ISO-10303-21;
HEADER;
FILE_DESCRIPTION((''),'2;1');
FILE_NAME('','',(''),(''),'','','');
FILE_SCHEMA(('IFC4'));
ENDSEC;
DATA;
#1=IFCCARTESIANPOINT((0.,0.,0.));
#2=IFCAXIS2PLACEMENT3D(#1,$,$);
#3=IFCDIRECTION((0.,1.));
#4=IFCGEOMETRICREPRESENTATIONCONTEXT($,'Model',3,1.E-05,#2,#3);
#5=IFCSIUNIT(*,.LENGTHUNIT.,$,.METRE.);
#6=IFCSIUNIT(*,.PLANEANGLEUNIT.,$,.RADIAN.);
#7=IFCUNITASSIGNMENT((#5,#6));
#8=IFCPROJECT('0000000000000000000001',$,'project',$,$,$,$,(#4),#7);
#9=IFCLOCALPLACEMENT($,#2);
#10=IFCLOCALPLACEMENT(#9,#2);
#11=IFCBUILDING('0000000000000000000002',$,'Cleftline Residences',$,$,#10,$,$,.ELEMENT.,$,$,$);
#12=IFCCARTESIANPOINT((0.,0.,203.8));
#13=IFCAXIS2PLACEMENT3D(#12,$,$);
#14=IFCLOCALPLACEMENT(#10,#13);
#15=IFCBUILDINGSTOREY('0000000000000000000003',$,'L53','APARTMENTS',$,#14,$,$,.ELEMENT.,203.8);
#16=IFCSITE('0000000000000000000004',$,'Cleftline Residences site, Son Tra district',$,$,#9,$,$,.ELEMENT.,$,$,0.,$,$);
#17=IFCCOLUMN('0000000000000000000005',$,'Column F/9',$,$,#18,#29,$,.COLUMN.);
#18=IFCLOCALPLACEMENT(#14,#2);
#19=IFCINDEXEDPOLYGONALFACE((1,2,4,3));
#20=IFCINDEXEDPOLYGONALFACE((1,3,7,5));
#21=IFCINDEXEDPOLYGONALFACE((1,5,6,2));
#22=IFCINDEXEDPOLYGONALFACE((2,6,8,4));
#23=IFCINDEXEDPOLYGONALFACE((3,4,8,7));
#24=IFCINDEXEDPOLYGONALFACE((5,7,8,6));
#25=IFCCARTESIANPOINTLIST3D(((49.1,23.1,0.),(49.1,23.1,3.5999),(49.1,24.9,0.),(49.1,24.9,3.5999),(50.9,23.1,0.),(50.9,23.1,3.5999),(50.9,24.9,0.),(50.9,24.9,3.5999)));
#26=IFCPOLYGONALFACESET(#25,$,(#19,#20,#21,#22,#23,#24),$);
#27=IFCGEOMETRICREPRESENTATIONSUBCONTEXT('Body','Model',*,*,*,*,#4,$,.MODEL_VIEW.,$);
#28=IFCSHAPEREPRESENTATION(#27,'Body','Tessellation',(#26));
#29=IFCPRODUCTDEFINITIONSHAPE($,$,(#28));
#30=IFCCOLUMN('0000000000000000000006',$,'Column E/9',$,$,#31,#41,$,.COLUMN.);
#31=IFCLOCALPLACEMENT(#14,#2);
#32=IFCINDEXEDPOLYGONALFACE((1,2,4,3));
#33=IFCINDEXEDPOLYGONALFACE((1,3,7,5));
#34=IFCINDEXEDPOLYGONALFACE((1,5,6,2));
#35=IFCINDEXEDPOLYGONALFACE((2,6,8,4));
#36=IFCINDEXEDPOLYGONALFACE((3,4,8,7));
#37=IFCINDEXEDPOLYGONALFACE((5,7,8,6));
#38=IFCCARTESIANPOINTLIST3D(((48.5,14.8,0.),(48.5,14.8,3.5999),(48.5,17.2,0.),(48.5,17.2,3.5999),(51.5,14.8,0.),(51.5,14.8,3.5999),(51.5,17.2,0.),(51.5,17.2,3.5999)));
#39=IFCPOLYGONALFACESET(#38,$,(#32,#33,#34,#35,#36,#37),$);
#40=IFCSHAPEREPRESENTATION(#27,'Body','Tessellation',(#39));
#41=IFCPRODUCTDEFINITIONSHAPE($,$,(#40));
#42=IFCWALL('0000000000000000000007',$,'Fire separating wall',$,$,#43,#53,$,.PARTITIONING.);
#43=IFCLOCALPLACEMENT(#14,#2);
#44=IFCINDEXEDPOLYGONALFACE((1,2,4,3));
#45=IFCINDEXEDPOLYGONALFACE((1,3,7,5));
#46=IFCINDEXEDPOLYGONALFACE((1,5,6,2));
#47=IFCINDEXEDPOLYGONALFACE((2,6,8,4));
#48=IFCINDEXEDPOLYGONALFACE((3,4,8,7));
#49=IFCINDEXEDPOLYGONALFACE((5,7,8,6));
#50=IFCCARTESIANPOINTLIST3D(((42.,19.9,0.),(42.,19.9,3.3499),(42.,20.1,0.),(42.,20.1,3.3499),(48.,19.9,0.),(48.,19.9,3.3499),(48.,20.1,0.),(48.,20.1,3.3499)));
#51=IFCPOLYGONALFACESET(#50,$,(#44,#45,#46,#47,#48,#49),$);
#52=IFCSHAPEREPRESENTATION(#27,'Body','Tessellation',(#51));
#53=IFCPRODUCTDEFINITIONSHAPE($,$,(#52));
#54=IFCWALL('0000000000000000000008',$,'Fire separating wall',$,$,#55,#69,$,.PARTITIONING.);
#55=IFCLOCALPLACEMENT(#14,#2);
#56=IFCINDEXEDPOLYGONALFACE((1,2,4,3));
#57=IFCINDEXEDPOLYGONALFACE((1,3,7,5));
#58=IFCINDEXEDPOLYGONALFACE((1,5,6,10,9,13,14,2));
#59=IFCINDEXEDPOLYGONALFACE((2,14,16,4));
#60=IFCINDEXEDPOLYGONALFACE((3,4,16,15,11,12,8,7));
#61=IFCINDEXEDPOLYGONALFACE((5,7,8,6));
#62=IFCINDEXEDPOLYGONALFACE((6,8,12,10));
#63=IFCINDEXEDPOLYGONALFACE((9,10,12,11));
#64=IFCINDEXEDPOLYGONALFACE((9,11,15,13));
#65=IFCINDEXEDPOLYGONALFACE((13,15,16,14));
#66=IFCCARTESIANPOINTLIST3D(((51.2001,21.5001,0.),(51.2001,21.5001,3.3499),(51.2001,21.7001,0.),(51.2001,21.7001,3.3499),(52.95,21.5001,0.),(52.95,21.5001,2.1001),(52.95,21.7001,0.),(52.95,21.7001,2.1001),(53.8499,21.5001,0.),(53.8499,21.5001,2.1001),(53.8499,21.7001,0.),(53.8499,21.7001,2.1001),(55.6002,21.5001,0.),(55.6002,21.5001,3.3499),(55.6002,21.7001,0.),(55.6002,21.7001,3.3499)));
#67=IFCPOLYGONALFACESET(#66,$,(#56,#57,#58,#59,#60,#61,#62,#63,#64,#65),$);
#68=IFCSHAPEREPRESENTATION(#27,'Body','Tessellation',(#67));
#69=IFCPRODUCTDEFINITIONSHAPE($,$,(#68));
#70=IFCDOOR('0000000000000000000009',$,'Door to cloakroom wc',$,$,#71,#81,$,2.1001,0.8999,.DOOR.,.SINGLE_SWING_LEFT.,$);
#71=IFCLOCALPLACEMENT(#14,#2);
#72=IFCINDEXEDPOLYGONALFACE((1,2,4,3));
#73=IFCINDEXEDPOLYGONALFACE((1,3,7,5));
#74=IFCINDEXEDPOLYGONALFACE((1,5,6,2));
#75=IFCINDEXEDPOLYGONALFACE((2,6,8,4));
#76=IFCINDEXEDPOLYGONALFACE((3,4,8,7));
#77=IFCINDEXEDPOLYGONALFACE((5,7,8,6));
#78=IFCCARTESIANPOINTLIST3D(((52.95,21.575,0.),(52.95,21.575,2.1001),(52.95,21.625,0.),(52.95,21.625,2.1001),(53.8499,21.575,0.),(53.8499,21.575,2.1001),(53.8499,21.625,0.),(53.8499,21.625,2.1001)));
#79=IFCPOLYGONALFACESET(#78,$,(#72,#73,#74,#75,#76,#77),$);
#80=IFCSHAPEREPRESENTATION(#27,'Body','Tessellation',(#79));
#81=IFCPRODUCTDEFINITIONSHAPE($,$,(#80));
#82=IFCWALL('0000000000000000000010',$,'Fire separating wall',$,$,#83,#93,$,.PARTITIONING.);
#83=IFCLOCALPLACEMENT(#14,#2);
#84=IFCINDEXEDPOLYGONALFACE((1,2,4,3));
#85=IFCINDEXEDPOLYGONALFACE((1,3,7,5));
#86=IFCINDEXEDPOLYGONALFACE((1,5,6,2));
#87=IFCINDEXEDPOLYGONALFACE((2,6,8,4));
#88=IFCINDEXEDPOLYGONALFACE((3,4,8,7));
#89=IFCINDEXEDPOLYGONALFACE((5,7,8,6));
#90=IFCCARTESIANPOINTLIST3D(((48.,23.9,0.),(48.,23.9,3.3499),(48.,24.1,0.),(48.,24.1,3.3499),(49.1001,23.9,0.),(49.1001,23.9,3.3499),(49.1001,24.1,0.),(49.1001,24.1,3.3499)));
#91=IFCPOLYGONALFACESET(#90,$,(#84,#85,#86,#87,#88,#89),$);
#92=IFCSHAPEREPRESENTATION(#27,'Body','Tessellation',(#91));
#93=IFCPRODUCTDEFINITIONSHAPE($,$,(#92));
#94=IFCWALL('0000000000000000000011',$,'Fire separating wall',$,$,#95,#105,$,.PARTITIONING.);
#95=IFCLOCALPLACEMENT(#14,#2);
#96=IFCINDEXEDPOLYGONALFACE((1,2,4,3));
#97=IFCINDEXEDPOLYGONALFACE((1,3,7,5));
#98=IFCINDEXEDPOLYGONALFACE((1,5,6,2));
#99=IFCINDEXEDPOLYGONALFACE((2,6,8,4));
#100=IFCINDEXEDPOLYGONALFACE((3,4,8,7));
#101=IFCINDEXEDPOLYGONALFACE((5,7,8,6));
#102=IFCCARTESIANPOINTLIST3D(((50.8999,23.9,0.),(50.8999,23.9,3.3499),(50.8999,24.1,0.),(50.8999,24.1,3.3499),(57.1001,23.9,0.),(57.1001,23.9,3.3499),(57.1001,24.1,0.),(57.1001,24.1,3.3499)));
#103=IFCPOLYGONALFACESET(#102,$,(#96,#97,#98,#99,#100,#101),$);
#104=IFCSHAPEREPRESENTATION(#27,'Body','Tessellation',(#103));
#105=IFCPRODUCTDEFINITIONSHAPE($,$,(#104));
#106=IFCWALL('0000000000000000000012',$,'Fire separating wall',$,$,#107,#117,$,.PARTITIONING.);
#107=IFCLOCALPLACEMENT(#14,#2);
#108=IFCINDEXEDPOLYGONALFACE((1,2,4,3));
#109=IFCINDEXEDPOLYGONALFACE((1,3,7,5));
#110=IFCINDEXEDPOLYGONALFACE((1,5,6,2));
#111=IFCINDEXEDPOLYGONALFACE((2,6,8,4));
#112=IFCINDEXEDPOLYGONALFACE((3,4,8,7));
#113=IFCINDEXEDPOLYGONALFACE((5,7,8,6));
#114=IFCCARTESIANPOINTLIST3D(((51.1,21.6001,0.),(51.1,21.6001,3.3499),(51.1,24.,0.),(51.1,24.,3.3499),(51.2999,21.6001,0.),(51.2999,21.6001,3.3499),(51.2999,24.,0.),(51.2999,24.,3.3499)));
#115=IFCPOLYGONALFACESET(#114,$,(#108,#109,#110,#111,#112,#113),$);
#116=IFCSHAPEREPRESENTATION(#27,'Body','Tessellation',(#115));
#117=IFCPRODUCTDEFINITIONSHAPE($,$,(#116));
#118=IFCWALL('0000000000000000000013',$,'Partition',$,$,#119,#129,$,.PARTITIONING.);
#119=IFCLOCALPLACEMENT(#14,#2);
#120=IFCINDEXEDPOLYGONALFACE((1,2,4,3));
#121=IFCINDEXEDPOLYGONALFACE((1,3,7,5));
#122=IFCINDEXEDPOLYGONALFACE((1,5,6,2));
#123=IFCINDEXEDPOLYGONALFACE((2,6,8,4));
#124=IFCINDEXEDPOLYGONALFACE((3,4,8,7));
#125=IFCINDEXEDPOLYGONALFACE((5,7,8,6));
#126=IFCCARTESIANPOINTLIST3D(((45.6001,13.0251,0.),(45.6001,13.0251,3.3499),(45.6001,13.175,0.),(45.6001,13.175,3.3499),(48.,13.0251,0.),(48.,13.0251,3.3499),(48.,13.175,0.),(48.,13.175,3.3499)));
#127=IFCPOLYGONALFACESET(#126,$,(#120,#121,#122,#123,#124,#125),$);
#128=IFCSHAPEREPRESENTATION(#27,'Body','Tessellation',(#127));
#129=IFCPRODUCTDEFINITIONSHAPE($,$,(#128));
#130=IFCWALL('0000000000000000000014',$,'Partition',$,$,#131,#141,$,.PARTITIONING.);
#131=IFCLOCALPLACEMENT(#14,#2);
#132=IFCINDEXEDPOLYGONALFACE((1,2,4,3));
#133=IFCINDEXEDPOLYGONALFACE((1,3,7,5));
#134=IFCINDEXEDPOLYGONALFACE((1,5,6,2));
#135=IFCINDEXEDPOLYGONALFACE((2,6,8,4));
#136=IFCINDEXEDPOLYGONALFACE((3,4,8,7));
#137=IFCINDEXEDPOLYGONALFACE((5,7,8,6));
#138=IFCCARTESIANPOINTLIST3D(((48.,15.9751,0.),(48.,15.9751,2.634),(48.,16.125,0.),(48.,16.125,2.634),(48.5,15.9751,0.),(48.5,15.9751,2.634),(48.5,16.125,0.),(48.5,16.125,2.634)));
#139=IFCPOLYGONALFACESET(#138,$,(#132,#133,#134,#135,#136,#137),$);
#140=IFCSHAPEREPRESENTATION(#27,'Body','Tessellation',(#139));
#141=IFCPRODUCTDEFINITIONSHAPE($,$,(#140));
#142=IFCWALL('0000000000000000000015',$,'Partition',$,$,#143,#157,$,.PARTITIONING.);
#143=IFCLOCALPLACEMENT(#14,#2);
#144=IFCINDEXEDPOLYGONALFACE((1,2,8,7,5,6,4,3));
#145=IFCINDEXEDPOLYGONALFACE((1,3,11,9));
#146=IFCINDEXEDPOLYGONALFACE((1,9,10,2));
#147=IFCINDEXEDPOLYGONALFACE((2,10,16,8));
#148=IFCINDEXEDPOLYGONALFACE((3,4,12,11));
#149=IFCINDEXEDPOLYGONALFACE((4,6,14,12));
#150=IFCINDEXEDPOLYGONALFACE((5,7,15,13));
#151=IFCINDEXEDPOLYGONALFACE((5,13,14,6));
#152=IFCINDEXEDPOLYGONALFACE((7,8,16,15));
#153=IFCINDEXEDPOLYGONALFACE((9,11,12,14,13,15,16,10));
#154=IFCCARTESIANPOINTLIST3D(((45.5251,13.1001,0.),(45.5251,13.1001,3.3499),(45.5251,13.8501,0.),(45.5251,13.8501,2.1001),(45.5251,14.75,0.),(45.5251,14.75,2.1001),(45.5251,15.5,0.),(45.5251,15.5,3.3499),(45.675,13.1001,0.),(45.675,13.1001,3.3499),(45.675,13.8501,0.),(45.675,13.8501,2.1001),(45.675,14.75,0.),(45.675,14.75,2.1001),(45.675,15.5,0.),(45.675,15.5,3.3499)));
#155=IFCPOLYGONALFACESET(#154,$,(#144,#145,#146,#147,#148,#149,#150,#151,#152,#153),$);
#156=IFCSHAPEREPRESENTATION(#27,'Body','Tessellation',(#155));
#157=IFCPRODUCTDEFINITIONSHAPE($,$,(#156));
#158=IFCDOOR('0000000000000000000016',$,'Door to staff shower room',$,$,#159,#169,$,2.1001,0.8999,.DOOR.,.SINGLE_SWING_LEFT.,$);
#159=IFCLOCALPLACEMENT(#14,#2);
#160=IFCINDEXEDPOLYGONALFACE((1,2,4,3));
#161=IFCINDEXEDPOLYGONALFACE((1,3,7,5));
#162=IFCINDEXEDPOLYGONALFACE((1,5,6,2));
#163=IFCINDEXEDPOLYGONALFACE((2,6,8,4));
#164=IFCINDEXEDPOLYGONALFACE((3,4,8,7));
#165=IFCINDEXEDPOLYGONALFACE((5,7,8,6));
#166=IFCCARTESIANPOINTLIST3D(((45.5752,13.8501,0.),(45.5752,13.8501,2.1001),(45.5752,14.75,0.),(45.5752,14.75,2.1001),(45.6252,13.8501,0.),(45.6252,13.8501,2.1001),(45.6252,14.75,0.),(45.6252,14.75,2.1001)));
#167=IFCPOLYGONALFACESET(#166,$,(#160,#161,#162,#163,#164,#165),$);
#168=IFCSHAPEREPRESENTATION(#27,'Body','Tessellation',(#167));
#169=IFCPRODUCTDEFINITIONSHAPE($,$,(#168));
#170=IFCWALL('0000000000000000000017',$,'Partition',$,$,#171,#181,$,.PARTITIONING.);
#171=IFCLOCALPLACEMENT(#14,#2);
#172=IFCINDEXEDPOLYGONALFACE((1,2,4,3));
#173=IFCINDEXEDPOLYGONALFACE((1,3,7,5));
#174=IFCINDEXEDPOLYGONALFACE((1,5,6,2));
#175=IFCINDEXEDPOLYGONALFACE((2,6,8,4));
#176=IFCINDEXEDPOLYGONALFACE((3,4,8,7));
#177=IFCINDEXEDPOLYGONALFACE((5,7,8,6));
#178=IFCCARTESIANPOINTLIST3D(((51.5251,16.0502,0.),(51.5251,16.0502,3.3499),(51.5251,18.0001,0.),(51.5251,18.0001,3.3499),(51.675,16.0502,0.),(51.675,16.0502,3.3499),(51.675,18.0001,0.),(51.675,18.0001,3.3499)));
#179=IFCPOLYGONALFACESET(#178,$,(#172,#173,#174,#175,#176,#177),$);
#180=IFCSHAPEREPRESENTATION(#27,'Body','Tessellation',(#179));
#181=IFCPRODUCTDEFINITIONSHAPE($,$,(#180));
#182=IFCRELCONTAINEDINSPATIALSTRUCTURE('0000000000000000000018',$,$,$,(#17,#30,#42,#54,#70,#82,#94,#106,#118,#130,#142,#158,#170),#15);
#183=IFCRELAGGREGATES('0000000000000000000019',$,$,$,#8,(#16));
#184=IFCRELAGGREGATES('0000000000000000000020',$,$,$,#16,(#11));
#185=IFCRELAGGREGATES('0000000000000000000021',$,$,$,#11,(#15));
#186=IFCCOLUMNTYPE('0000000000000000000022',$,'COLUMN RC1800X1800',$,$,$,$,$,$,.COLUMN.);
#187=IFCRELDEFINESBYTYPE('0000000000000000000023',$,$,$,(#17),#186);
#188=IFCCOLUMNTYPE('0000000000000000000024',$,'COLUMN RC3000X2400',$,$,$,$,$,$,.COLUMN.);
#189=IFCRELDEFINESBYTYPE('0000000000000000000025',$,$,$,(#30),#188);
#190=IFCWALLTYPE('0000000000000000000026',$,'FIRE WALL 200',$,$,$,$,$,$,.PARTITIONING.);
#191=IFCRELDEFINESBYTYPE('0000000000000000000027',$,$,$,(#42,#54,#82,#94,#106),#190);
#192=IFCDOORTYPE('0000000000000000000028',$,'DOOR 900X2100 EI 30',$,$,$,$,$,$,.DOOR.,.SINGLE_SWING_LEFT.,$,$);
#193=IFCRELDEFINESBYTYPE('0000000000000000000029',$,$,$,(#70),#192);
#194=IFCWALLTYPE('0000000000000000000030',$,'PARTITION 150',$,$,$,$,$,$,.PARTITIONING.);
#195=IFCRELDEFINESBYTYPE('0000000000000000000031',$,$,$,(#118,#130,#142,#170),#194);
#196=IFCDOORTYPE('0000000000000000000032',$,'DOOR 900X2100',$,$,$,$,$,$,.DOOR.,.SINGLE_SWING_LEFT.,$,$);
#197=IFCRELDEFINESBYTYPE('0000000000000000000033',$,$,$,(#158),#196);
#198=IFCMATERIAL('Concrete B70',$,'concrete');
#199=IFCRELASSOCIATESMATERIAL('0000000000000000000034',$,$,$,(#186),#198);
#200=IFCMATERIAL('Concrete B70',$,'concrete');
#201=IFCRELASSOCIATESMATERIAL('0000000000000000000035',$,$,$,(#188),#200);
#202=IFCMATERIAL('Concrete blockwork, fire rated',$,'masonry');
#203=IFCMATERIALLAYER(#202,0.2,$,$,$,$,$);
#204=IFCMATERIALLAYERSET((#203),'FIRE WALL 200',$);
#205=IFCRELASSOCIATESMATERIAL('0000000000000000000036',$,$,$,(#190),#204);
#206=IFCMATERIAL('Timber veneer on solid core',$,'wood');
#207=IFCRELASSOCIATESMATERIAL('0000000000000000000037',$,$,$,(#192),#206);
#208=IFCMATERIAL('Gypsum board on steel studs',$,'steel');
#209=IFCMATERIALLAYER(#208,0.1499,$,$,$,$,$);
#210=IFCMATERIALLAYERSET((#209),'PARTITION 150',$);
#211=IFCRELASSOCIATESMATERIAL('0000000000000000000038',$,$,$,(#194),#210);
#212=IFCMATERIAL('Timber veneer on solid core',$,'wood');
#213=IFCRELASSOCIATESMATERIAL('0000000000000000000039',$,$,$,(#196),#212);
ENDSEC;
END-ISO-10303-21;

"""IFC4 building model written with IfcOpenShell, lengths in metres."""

from ifc_helpers import new_model, si_unit, direction, frame, frame_2d, origin, origin_2d, place, context, subcontext, project, spatial, rectangle, extrude, material, layer, layer_set, material_profile, profile_set, type_object, element, fill, save


model = new_model("IFC4")

# Units and contexts
model_context = context("Model", 3, precision=1e-05, world=origin(), true_north=direction((0.0, 1.0)))
body_context = subcontext(model_context, "Body", "Model", "MODEL_VIEW")
ifc_project = project(units=[si_unit("LENGTHUNIT", "METRE"), si_unit("PLANEANGLEUNIT", "RADIAN")], contexts=[model_context])

# Site, building, storey
site_placement = place(None, origin())
site = spatial("IfcSite", under=ifc_project, at=site_placement, Name="Cleftline Residences site, Son Tra district", CompositionType="ELEMENT", RefElevation=0.0)
building_placement = place(site_placement, origin())
building = spatial("IfcBuilding", under=site, at=building_placement, Name="Cleftline Residences", CompositionType="ELEMENT")
storey_placement = place(building_placement, frame((0.0, 0.0, 203.8)))
storey = spatial("IfcBuildingStorey", under=building, at=storey_placement, Name="L53", Description="APARTMENTS", CompositionType="ELEMENT", Elevation=203.8)

# Columns
ifc_material_1 = material(Name="Concrete B70", Category="concrete")
ifc_material_profile_1 = material_profile(ifc_material_1, rectangle(XDim=1.8, YDim=1.8, at=origin_2d()))
ifc_profile_set_1 = profile_set([ifc_material_profile_1], Name="Concrete B70")
column_type_1 = type_object("IfcColumnType", Name="COLUMN RC1800X1800", PredefinedType="COLUMN", material=ifc_profile_set_1)
column_1_placement = place(storey_placement, frame((50.0, 24.0, 0.0), z_axis=(0.0, 0.0, 1.0), x_axis=(1.0, 0.0, 0.0)))
element("IfcColumn", 1, at=column_1_placement, inside=storey, type_object=column_type_1, Name="Column F/9", PredefinedType="COLUMN", context=body_context, shape_type="SweptSolid", body=[
    extrude(rectangle(XDim=1.8, YDim=1.8, at=origin_2d()), origin(), (0.0, 0.0, 1.0), 3.5999),
])
ifc_material_2 = material(Name="Concrete B70", Category="concrete")
ifc_material_profile_2 = material_profile(ifc_material_2, rectangle(XDim=3.0, YDim=2.3999, at=origin_2d()))
ifc_profile_set_2 = profile_set([ifc_material_profile_2], Name="Concrete B70")
column_type_2 = type_object("IfcColumnType", Name="COLUMN RC3000X2400", PredefinedType="COLUMN", material=ifc_profile_set_2)
column_2_placement = place(storey_placement, frame((50.0, 16.0, 0.0), z_axis=(0.0, 0.0, 1.0), x_axis=(1.0, 0.0, 0.0)))
element("IfcColumn", 2, at=column_2_placement, inside=storey, type_object=column_type_2, Name="Column E/9", PredefinedType="COLUMN", context=body_context, shape_type="SweptSolid", body=[
    extrude(rectangle(XDim=3.0, YDim=2.3999, at=origin_2d()), origin(), (0.0, 0.0, 1.0), 3.5999),
])

# Wall
ifc_material_3 = material(Name="Concrete blockwork, fire rated", Category="masonry")
ifc_layer_1 = layer(ifc_material_3, 0.2)
ifc_layer_set_1 = layer_set([ifc_layer_1], Name="FIRE WALL 200")
wall_type_1 = type_object("IfcWallType", Name="FIRE WALL 200", PredefinedType="PARTITIONING", material=ifc_layer_set_1)
wall_1_placement = place(storey_placement, frame((42.0, 20.0, 0.0), z_axis=(0.0, 0.0, 1.0), x_axis=(1.0, 0.0, 0.0)))
element("IfcWall", 3, at=wall_1_placement, inside=storey, type_object=wall_type_1, Name="Fire separating wall", PredefinedType="PARTITIONING", context=body_context, shape_type="SweptSolid", body=[
    extrude(rectangle(XDim=6.0, YDim=0.2, at=frame_2d((3.0, 0.0))), origin(), (0.0, 0.0, 1.0), 3.3499),
])

# Wall, opening, door
wall_2_placement = place(storey_placement, frame((51.2, 21.6001, 0.0), z_axis=(0.0, 0.0, 1.0), x_axis=(1.0, 0.0, 0.0)))
wall_2 = element("IfcWall", 4, at=wall_2_placement, inside=storey, type_object=wall_type_1, Name="Fire separating wall", PredefinedType="PARTITIONING", context=body_context, shape_type="SweptSolid", body=[
    extrude(rectangle(XDim=4.4001, YDim=0.2, at=frame_2d((2.2002, 0.0))), origin(), (0.0, 0.0, 1.0), 3.3499),
])
opening_1_placement = place(wall_2_placement, frame((1.75, 0.0, 0.0)))
opening_1 = element("IfcOpeningElement", 5, at=opening_1_placement, cuts=wall_2, PredefinedType="OPENING", context=body_context, shape_type="SweptSolid", body=[
    extrude(rectangle(XDim=0.8999, YDim=2.1001, at=frame_2d((0.45, 1.05))), frame((0.0, 0.1099, 0.0), z_axis=(0.0, -1.0, 0.0), x_axis=(1.0, 0.0, 0.0)), (0.0, 0.0, 1.0), 0.22),
])
ifc_material_4 = material(Name="Timber veneer on solid core", Category="wood")
door_type_1 = type_object("IfcDoorType", Name="DOOR 900X2100 EI 30", OperationType="SINGLE_SWING_LEFT", PredefinedType="DOOR", material=ifc_material_4)
door_1_placement = place(opening_1_placement, origin())
door_1 = element("IfcDoor", 6, at=door_1_placement, inside=storey, type_object=door_type_1, Name="Door to cloakroom wc", OperationType="SINGLE_SWING_LEFT", OverallHeight=2.1001, OverallWidth=0.8999, PredefinedType="DOOR", context=body_context, shape_type="SweptSolid", body=[
    extrude(rectangle(XDim=0.8999, YDim=2.1001, at=frame_2d((0.45, 1.05))), frame((0.0, 0.0249, 0.0), z_axis=(0.0, -1.0, 0.0), x_axis=(1.0, 0.0, 0.0)), (0.0, 0.0, 1.0), 0.05),
])
fill(opening_1, door_1)

# Walls
wall_3_placement = place(storey_placement, frame((48.0, 24.0, 0.0), z_axis=(0.0, 0.0, 1.0), x_axis=(1.0, 0.0, 0.0)))
element("IfcWall", 7, at=wall_3_placement, inside=storey, type_object=wall_type_1, Name="Fire separating wall", PredefinedType="PARTITIONING", context=body_context, shape_type="SweptSolid", body=[
    extrude(rectangle(XDim=1.1001, YDim=0.2, at=frame_2d((0.55, 0.0))), origin(), (0.0, 0.0, 1.0), 3.3499),
])
wall_4_placement = place(storey_placement, frame((50.8999, 24.0, 0.0), z_axis=(0.0, 0.0, 1.0), x_axis=(1.0, 0.0, 0.0)))
element("IfcWall", 8, at=wall_4_placement, inside=storey, type_object=wall_type_1, Name="Fire separating wall", PredefinedType="PARTITIONING", context=body_context, shape_type="SweptSolid", body=[
    extrude(rectangle(XDim=6.2002, YDim=0.2, at=frame_2d((3.1001, 0.0))), origin(), (0.0, 0.0, 1.0), 3.3499),
])

# Walls
wall_5_placement = place(storey_placement, frame((51.2, 21.6001, 0.0), z_axis=(0.0, 0.0, 1.0), x_axis=(0.0, 1.0, 0.0)))
element("IfcWall", 9, at=wall_5_placement, inside=storey, type_object=wall_type_1, Name="Fire separating wall", PredefinedType="PARTITIONING", context=body_context, shape_type="SweptSolid", body=[
    extrude(rectangle(XDim=2.3999, YDim=0.2, at=frame_2d((1.2, 0.0))), origin(), (0.0, 0.0, 1.0), 3.3499),
])
ifc_material_5 = material(Name="Gypsum board on steel studs", Category="steel")
ifc_layer_2 = layer(ifc_material_5, 0.1499)
ifc_layer_set_2 = layer_set([ifc_layer_2], Name="PARTITION 150")
wall_type_2 = type_object("IfcWallType", Name="PARTITION 150", PredefinedType="PARTITIONING", material=ifc_layer_set_2)
wall_6_placement = place(storey_placement, frame((45.6001, 13.1001, 0.0), z_axis=(0.0, 0.0, 1.0), x_axis=(1.0, 0.0, 0.0)))
element("IfcWall", 10, at=wall_6_placement, inside=storey, type_object=wall_type_2, Name="Partition", PredefinedType="PARTITIONING", context=body_context, shape_type="SweptSolid", body=[
    extrude(rectangle(XDim=2.3999, YDim=0.1499, at=frame_2d((1.2, 0.0))), origin(), (0.0, 0.0, 1.0), 3.3499),
])
wall_7_placement = place(storey_placement, frame((48.0, 16.05, 0.0), z_axis=(0.0, 0.0, 1.0), x_axis=(1.0, 0.0, 0.0)))
element("IfcWall", 11, at=wall_7_placement, inside=storey, type_object=wall_type_2, Name="Partition", PredefinedType="PARTITIONING", context=body_context, shape_type="SweptSolid", body=[
    extrude(rectangle(XDim=0.5, YDim=0.1499, at=frame_2d((0.25, 0.0))), origin(), (0.0, 0.0, 1.0), 2.634),
])

# Wall, opening, door
wall_8_placement = place(storey_placement, frame((45.6001, 13.1001, 0.0), z_axis=(0.0, 0.0, 1.0), x_axis=(0.0, 1.0, 0.0)))
wall_8 = element("IfcWall", 12, at=wall_8_placement, inside=storey, type_object=wall_type_2, Name="Partition", PredefinedType="PARTITIONING", context=body_context, shape_type="SweptSolid", body=[
    extrude(rectangle(XDim=2.3999, YDim=0.1499, at=frame_2d((1.2, 0.0))), origin(), (0.0, 0.0, 1.0), 3.3499),
])
opening_2_placement = place(wall_8_placement, frame((0.75, 0.0, 0.0)))
opening_2 = element("IfcOpeningElement", 13, at=opening_2_placement, cuts=wall_8, PredefinedType="OPENING", context=body_context, shape_type="SweptSolid", body=[
    extrude(rectangle(XDim=0.8999, YDim=2.1001, at=frame_2d((0.45, 1.05))), frame((0.0, 0.085, 0.0), z_axis=(0.0, -1.0, 0.0), x_axis=(1.0, 0.0, 0.0)), (0.0, 0.0, 1.0), 0.1699),
])
ifc_material_6 = material(Name="Timber veneer on solid core", Category="wood")
door_type_2 = type_object("IfcDoorType", Name="DOOR 900X2100", OperationType="SINGLE_SWING_LEFT", PredefinedType="DOOR", material=ifc_material_6)
door_2_placement = place(opening_2_placement, origin())
door_2 = element("IfcDoor", 14, at=door_2_placement, inside=storey, type_object=door_type_2, Name="Door to staff shower room", OperationType="SINGLE_SWING_LEFT", OverallHeight=2.1001, OverallWidth=0.8999, PredefinedType="DOOR", context=body_context, shape_type="SweptSolid", body=[
    extrude(rectangle(XDim=0.8999, YDim=2.1001, at=frame_2d((0.45, 1.05))), frame((0.0, 0.0249, 0.0), z_axis=(0.0, -1.0, 0.0), x_axis=(1.0, 0.0, 0.0)), (0.0, 0.0, 1.0), 0.05),
])
fill(opening_2, door_2)

# Wall
wall_9_placement = place(storey_placement, frame((51.6001, 16.05, 0.0), z_axis=(0.0, 0.0, 1.0), x_axis=(0.0, 1.0, 0.0)))
element("IfcWall", 15, at=wall_9_placement, inside=storey, type_object=wall_type_2, Name="Partition", PredefinedType="PARTITIONING", context=body_context, shape_type="SweptSolid", body=[
    extrude(rectangle(XDim=1.95, YDim=0.1499, at=frame_2d((0.9751, 0.0))), origin(), (0.0, 0.0, 1.0), 3.3499),
])

save(model, "model.ifc")
